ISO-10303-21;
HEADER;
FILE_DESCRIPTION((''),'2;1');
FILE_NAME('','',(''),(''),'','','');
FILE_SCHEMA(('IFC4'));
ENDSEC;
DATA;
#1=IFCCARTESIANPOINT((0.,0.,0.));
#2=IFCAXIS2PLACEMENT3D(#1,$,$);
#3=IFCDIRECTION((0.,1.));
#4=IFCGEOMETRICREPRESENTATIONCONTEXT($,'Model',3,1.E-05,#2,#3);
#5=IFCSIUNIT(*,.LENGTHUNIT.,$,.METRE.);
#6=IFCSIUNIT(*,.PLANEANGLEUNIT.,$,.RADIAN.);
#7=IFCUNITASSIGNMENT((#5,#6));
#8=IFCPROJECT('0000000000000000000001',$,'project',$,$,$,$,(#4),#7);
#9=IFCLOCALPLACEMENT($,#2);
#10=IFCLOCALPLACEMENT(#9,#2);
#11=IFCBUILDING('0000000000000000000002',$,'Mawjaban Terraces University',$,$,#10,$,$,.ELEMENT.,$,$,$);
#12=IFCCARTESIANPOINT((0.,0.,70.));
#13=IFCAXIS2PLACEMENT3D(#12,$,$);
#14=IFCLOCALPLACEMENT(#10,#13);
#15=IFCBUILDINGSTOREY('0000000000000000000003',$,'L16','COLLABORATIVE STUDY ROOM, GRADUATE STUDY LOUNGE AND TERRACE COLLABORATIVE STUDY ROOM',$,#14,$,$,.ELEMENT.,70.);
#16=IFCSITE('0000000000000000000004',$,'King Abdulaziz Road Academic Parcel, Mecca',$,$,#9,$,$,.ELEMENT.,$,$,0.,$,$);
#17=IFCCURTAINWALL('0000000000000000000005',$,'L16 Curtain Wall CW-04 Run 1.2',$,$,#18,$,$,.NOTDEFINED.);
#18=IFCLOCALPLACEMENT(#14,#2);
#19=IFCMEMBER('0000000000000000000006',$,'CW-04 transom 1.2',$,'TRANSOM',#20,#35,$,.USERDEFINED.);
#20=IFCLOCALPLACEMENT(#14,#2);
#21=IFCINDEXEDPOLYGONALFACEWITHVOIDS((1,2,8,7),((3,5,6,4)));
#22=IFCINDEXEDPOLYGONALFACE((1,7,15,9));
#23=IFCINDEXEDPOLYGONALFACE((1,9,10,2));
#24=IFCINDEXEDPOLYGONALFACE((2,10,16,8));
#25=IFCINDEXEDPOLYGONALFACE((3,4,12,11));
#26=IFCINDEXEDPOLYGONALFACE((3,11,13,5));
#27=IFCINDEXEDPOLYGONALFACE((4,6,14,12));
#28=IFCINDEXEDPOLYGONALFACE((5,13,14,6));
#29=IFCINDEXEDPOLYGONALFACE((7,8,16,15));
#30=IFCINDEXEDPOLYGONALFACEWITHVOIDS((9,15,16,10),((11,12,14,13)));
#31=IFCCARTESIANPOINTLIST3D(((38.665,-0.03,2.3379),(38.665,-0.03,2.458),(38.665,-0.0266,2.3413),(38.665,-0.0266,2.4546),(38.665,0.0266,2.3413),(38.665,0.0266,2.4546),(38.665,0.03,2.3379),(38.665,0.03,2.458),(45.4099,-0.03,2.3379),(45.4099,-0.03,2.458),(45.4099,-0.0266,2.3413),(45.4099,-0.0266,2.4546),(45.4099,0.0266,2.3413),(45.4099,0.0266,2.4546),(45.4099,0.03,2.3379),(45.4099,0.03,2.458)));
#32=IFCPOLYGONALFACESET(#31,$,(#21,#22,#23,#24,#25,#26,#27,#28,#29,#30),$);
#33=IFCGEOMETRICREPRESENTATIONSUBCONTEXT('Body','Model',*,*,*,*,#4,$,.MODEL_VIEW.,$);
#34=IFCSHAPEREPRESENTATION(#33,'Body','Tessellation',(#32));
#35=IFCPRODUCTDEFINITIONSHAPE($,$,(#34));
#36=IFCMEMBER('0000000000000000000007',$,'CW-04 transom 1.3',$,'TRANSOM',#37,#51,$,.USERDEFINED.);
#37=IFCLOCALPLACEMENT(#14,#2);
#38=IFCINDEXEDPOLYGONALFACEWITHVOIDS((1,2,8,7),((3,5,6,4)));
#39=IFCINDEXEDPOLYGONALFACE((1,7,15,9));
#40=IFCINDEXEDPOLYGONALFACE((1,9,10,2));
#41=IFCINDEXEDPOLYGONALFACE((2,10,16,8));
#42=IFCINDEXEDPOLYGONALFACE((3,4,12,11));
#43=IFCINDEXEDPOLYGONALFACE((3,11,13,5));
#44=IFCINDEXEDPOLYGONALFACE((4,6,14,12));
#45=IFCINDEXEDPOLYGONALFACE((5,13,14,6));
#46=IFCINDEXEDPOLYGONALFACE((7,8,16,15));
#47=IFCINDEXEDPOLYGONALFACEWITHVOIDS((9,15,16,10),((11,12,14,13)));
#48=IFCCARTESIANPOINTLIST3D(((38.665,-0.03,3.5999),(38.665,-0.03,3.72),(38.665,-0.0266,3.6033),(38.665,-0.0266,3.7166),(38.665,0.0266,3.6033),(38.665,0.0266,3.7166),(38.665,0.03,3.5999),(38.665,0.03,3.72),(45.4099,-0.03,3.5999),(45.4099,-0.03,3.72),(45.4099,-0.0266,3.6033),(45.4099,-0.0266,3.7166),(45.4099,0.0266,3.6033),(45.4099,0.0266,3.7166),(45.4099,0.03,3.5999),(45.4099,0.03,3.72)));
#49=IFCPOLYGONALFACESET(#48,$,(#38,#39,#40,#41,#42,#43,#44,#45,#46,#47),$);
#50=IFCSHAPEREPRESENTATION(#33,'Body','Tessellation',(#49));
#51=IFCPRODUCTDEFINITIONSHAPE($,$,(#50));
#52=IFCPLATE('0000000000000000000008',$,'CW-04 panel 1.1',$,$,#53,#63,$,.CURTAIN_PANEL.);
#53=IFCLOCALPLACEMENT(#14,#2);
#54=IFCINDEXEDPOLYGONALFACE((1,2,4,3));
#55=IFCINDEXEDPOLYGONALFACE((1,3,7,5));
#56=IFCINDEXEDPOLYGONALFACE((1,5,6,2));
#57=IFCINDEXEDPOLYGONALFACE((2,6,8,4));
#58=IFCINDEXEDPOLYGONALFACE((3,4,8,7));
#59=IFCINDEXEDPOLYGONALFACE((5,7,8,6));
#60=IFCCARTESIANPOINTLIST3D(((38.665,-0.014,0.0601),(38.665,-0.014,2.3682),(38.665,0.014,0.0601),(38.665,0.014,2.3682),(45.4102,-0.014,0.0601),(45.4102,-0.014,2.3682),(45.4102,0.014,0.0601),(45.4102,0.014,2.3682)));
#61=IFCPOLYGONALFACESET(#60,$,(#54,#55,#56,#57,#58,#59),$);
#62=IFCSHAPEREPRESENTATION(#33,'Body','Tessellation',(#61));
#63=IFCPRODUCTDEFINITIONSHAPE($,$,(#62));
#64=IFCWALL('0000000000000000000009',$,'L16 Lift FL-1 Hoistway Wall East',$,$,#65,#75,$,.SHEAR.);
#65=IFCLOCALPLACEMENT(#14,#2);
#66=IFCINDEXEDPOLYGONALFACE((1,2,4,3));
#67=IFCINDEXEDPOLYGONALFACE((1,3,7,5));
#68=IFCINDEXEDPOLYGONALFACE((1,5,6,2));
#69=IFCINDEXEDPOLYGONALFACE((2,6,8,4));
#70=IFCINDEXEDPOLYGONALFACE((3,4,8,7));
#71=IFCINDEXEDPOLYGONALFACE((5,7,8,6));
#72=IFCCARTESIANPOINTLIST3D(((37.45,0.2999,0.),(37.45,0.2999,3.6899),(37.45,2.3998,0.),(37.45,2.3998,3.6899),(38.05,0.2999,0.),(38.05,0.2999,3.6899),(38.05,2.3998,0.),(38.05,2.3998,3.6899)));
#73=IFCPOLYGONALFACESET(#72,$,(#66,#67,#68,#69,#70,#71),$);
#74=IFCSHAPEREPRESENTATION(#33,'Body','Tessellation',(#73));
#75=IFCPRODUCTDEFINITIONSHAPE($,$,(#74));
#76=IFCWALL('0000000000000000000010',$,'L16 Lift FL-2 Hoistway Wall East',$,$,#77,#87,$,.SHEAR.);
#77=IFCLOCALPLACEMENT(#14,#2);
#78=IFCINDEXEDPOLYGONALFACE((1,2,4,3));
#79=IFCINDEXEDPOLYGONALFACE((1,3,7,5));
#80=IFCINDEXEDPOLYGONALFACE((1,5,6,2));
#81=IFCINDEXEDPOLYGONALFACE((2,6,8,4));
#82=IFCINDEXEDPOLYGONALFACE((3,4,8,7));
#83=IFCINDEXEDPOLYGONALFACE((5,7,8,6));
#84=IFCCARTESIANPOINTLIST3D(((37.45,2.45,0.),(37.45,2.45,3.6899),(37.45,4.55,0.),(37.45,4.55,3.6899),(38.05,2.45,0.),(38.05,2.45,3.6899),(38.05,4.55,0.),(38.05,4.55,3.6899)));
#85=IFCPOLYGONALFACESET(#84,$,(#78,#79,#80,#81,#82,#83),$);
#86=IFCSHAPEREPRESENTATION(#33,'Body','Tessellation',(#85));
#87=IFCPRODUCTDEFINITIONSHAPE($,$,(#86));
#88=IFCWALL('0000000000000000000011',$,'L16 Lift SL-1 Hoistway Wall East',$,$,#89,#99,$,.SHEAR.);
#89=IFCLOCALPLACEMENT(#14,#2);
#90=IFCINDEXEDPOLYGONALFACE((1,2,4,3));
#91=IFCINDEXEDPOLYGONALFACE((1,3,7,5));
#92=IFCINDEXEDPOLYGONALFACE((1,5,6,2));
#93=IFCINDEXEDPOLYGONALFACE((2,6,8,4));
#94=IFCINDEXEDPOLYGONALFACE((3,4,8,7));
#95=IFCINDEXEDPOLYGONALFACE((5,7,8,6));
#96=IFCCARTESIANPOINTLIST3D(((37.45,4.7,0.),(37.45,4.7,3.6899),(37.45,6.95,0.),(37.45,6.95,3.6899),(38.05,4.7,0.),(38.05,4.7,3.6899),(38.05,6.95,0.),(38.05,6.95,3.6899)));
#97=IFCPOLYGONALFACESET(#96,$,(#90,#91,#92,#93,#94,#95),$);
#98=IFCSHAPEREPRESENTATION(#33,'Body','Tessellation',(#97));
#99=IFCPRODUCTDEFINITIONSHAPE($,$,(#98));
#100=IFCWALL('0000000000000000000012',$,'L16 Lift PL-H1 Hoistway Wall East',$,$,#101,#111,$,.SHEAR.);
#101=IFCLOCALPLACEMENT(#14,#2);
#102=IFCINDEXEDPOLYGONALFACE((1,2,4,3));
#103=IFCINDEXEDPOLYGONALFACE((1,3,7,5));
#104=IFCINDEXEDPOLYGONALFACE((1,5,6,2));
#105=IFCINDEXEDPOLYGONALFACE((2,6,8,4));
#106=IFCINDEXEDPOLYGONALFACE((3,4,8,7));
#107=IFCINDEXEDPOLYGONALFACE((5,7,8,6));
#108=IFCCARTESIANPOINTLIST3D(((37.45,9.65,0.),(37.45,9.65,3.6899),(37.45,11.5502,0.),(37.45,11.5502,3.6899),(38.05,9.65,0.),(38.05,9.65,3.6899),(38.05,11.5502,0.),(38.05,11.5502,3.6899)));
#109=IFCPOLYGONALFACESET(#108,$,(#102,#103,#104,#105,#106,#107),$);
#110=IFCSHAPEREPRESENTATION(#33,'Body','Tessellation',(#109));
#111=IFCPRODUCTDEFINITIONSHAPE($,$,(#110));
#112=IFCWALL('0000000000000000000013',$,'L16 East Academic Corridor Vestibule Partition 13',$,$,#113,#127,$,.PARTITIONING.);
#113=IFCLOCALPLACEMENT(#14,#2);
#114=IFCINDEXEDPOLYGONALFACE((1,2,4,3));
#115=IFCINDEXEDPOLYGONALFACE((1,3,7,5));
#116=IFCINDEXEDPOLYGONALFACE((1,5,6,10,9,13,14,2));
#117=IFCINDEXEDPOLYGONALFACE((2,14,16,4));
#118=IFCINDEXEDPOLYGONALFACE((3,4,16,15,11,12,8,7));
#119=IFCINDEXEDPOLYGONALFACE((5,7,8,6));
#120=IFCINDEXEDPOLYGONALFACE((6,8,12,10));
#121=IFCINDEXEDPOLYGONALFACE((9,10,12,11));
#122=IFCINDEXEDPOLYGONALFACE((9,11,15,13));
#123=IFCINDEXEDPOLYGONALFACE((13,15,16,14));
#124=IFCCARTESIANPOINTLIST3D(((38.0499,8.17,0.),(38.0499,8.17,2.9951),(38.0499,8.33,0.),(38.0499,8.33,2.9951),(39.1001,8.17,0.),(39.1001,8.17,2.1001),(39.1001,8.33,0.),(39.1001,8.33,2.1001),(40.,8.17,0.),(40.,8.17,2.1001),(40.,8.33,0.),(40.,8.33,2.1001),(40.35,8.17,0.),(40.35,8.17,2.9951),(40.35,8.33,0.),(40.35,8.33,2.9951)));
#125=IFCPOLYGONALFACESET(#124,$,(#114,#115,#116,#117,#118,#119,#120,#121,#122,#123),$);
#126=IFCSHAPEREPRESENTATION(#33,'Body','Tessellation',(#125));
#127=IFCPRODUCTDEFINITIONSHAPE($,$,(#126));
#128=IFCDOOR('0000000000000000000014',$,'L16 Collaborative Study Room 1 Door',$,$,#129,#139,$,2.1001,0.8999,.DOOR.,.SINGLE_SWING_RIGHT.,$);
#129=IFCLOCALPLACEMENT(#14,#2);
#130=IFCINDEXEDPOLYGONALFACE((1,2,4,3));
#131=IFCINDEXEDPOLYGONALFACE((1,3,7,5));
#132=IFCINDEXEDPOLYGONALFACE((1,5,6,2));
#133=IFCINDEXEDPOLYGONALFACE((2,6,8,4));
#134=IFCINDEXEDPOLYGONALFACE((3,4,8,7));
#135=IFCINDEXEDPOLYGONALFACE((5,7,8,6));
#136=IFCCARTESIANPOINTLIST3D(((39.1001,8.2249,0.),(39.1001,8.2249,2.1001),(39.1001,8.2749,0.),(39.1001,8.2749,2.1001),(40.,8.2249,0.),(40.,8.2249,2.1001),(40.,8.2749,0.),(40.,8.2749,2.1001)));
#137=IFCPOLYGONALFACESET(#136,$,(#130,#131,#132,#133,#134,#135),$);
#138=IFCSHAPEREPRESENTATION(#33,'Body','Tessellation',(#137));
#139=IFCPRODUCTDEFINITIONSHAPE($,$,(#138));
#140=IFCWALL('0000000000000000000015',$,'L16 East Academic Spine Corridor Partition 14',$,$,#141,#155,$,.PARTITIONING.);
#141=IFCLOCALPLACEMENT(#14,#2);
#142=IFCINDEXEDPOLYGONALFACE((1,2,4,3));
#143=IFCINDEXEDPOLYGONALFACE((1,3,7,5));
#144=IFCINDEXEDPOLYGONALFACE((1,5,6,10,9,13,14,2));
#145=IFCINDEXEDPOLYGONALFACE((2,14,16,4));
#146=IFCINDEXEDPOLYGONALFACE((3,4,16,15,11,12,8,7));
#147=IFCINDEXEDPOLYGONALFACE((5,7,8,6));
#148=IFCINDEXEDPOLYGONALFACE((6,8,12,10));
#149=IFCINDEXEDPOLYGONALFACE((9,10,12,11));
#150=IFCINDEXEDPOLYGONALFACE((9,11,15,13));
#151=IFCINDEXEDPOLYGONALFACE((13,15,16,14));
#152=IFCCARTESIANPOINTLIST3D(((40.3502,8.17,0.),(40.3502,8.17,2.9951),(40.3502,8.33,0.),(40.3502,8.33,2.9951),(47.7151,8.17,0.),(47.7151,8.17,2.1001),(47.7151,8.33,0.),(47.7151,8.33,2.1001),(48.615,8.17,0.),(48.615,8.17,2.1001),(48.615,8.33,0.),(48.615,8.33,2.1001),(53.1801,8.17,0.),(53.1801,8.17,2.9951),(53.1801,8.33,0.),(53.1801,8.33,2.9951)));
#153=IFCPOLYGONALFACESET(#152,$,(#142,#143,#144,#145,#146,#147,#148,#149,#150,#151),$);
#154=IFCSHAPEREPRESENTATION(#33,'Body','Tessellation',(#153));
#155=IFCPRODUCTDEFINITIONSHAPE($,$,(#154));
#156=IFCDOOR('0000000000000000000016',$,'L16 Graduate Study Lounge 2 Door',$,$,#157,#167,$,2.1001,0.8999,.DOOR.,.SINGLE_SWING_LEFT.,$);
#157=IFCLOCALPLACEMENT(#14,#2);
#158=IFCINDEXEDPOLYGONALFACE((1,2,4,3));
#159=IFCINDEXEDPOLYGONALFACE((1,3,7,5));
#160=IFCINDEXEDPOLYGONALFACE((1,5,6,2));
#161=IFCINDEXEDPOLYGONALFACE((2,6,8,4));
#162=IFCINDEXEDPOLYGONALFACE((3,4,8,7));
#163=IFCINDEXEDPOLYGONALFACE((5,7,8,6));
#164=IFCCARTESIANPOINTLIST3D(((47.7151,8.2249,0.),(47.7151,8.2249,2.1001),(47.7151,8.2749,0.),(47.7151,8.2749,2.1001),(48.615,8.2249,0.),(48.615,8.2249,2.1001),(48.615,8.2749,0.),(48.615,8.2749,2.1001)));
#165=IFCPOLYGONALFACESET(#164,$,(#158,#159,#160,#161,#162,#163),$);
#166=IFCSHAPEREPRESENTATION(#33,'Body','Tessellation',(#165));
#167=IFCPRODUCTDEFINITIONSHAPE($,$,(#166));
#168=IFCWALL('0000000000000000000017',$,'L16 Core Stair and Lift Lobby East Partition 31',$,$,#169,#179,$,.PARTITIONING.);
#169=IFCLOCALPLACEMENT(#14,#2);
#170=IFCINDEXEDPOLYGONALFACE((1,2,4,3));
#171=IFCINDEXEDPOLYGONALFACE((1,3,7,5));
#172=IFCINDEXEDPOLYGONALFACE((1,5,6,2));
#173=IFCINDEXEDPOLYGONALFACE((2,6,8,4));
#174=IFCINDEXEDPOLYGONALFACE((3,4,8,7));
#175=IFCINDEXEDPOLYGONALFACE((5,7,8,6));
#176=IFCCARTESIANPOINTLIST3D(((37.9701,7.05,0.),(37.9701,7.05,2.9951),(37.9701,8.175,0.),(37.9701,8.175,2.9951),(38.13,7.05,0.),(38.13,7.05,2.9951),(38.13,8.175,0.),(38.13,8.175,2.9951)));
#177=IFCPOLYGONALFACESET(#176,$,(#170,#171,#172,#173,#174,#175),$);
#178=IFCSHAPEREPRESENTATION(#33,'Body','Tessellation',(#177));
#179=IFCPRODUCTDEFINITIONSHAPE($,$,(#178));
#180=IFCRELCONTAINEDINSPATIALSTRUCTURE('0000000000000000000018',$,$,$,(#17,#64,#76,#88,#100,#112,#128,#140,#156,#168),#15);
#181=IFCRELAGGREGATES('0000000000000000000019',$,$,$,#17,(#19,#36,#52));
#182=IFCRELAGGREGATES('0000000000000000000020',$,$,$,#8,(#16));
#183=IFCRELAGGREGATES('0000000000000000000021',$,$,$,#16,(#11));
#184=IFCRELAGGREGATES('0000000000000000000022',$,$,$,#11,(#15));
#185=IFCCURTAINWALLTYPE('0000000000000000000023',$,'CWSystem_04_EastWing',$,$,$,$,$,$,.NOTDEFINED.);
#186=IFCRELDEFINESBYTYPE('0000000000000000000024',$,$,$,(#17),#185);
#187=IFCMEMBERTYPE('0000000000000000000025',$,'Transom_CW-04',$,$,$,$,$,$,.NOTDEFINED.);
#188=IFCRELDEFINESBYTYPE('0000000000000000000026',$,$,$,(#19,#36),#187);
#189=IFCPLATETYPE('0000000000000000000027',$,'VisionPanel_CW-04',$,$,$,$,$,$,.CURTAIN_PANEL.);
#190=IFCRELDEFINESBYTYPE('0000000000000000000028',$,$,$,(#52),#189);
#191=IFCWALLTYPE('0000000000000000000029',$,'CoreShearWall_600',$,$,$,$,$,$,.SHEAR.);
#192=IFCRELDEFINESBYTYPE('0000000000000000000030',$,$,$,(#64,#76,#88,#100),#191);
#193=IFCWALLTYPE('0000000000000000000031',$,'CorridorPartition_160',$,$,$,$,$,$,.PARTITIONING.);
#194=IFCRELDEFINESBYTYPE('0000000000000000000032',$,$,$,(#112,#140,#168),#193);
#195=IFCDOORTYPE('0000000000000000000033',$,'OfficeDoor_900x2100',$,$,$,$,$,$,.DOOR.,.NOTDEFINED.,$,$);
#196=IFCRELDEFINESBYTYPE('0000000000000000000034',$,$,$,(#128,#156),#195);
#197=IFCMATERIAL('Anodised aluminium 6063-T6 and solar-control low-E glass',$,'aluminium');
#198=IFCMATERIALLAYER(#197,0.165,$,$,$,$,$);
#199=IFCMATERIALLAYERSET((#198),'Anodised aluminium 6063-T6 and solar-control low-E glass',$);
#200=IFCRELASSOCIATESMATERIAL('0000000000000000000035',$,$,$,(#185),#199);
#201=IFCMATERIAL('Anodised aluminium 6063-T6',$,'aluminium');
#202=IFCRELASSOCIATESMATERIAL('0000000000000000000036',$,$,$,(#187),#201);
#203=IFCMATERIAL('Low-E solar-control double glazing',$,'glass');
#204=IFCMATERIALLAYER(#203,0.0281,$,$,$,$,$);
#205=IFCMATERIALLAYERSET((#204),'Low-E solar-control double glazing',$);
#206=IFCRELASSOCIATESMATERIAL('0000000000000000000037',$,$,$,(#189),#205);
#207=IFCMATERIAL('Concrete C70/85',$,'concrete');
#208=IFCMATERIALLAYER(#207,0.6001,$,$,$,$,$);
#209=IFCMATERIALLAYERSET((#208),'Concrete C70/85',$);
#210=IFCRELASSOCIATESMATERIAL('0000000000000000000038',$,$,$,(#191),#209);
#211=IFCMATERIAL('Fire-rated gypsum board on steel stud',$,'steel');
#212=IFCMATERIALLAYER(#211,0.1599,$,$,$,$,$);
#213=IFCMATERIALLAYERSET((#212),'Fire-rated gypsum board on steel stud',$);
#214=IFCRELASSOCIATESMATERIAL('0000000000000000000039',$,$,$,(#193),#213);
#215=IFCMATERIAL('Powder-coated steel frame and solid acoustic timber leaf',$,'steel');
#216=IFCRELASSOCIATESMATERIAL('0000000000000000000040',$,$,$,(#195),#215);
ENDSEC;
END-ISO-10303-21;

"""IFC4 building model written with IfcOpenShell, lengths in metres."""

from ifc_helpers import new_model, si_unit, direction, frame, frame_2d, origin, origin_2d, place, context, subcontext, project, spatial, rectangle, hollow_rectangle, extrude, material, layer, layer_set, material_profile, profile_set, type_object, element, fill, aggregate, save


model = new_model("IFC4")

# Units and contexts
model_context = context("Model", 3, precision=1e-05, world=origin(), true_north=direction((0.0, 1.0)))
body_context = subcontext(model_context, "Body", "Model", "MODEL_VIEW")
ifc_project = project(units=[si_unit("LENGTHUNIT", "METRE"), si_unit("PLANEANGLEUNIT", "RADIAN")], contexts=[model_context])

# Site, building, storey
site_placement = place(None, origin())
site = spatial("IfcSite", under=ifc_project, at=site_placement, Name="King Abdulaziz Road Academic Parcel, Mecca", CompositionType="ELEMENT", RefElevation=0.0)
building_placement = place(site_placement, origin())
building = spatial("IfcBuilding", under=site, at=building_placement, Name="Mawjaban Terraces University", CompositionType="ELEMENT")
storey_placement = place(building_placement, frame((0.0, 0.0, 70.0)))
storey = spatial("IfcBuildingStorey", under=building, at=storey_placement, Name="L16", Description="COLLABORATIVE STUDY ROOM, GRADUATE STUDY LOUNGE AND TERRACE COLLABORATIVE STUDY ROOM", CompositionType="ELEMENT", Elevation=70.0)

# Shared definitions
ifc_material_1 = material(Name="Concrete C70/85", Category="concrete")

# Curtain wall, members, plate
ifc_material_2 = material(Name="Anodised aluminium 6063-T6 and solar-control low-E glass", Category="aluminium")
ifc_layer_1 = layer(ifc_material_2, 0.165)
ifc_layer_set_1 = layer_set([ifc_layer_1], Name="Anodised aluminium 6063-T6 and solar-control low-E glass")
curtain_wall_type = type_object("IfcCurtainWallType", Name="CWSystem_04_EastWing", PredefinedType="NOTDEFINED", material=ifc_layer_set_1)
curtain_wall_placement = place(storey_placement, origin())
curtain_wall = element("IfcCurtainWall", 1, at=curtain_wall_placement, inside=storey, type_object=curtain_wall_type, Name="L16 Curtain Wall CW-04 Run 1.2", PredefinedType="NOTDEFINED")
ifc_material_3 = material(Name="Anodised aluminium 6063-T6", Category="aluminium")
ifc_material_profile_1 = material_profile(ifc_material_3, hollow_rectangle(XDim=0.0601, YDim=0.1201, WallThickness=0.0034, at=origin_2d()), Name="ALU120X60X3.5")
ifc_profile_set_1 = profile_set([ifc_material_profile_1], Name="Anodised aluminium 6063-T6")
member_type_1 = type_object("IfcMemberType", Name="Transom_CW-04", PredefinedType="NOTDEFINED", material=ifc_profile_set_1)
member_1_placement = place(storey_placement, frame((38.665, 0.0, 2.3979), z_axis=(1.0, 0.0, 0.0), x_axis=(0.0, 1.0, 0.0)))
member_1 = element("IfcMember", 2, at=member_1_placement, type_object=member_type_1, Name="CW-04 transom 1.2", ObjectType="TRANSOM", PredefinedType="USERDEFINED", context=body_context, shape_type="SweptSolid", body=[
    extrude(hollow_rectangle(XDim=0.0601, YDim=0.1201, WallThickness=0.0034, at=origin_2d()), origin(), (0.0, 0.0, 1.0), 6.7449),
])
member_2_placement = place(storey_placement, frame((38.665, 0.0, 3.6599), z_axis=(1.0, 0.0, 0.0), x_axis=(0.0, 1.0, 0.0)))
member_2 = element("IfcMember", 3, at=member_2_placement, type_object=member_type_1, Name="CW-04 transom 1.3", ObjectType="TRANSOM", PredefinedType="USERDEFINED", context=body_context, shape_type="SweptSolid", body=[
    extrude(hollow_rectangle(XDim=0.0601, YDim=0.1201, WallThickness=0.0034, at=origin_2d()), origin(), (0.0, 0.0, 1.0), 6.7449),
])
ifc_material_4 = material(Name="Low-E solar-control double glazing", Category="glass")
ifc_layer_2 = layer(ifc_material_4, 0.0281)
ifc_layer_set_2 = layer_set([ifc_layer_2], Name="Low-E solar-control double glazing")
plate_type = type_object("IfcPlateType", Name="VisionPanel_CW-04", PredefinedType="CURTAIN_PANEL", material=ifc_layer_set_2)
plate_placement = place(storey_placement, frame((42.0376, 0.0, 0.0601), z_axis=(0.0, 0.0, 1.0), x_axis=(1.0, 0.0, 0.0)))
plate = element("IfcPlate", 4, at=plate_placement, type_object=plate_type, Name="CW-04 panel 1.1", PredefinedType="CURTAIN_PANEL", context=body_context, shape_type="SweptSolid", body=[
    extrude(rectangle(XDim=6.7451, YDim=0.0281, at=origin_2d()), origin(), (0.0, 0.0, 1.0), 2.3081),
])
aggregate(curtain_wall, [member_1, member_2, plate])

# Walls
ifc_layer_3 = layer(ifc_material_1, 0.6001)
ifc_layer_set_3 = layer_set([ifc_layer_3], Name="Concrete C70/85")
wall_type_1 = type_object("IfcWallType", Name="CoreShearWall_600", PredefinedType="SHEAR", material=ifc_layer_set_3)
wall_1_placement = place(storey_placement, frame((37.75, 0.3, 0.0), z_axis=(0.0, 0.0, 1.0), x_axis=(0.0, 1.0, 0.0)))
element("IfcWall", 5, at=wall_1_placement, inside=storey, type_object=wall_type_1, Name="L16 Lift FL-1 Hoistway Wall East", PredefinedType="SHEAR", context=body_context, shape_type="SweptSolid", body=[
    extrude(rectangle(XDim=2.0999, YDim=0.6001, at=frame_2d((1.0498, 0.0))), origin(), (0.0, 0.0, 1.0), 3.6899),
])
wall_2_placement = place(storey_placement, frame((37.75, 2.45, 0.0), z_axis=(0.0, 0.0, 1.0), x_axis=(0.0, 1.0, 0.0)))
element("IfcWall", 6, at=wall_2_placement, inside=storey, type_object=wall_type_1, Name="L16 Lift FL-2 Hoistway Wall East", PredefinedType="SHEAR", context=body_context, shape_type="SweptSolid", body=[
    extrude(rectangle(XDim=2.1001, YDim=0.6001, at=frame_2d((1.05, 0.0))), origin(), (0.0, 0.0, 1.0), 3.6899),
])
wall_3_placement = place(storey_placement, frame((37.75, 4.7, 0.0), z_axis=(0.0, 0.0, 1.0), x_axis=(0.0, 1.0, 0.0)))
element("IfcWall", 7, at=wall_3_placement, inside=storey, type_object=wall_type_1, Name="L16 Lift SL-1 Hoistway Wall East", PredefinedType="SHEAR", context=body_context, shape_type="SweptSolid", body=[
    extrude(rectangle(XDim=2.25, YDim=0.6001, at=frame_2d((1.125, 0.0))), origin(), (0.0, 0.0, 1.0), 3.6899),
])
wall_4_placement = place(storey_placement, frame((37.75, 9.6499, 0.0), z_axis=(0.0, 0.0, 1.0), x_axis=(0.0, 1.0, 0.0)))
element("IfcWall", 8, at=wall_4_placement, inside=storey, type_object=wall_type_1, Name="L16 Lift PL-H1 Hoistway Wall East", PredefinedType="SHEAR", context=body_context, shape_type="SweptSolid", body=[
    extrude(rectangle(XDim=1.9001, YDim=0.6001, at=frame_2d((0.9502, 0.0))), origin(), (0.0, 0.0, 1.0), 3.6899),
])

# Walls, openings, doors
ifc_material_5 = material(Name="Fire-rated gypsum board on steel stud", Category="steel")
ifc_layer_4 = layer(ifc_material_5, 0.1599)
ifc_layer_set_4 = layer_set([ifc_layer_4], Name="Fire-rated gypsum board on steel stud")
wall_type_2 = type_object("IfcWallType", Name="CorridorPartition_160", PredefinedType="PARTITIONING", material=ifc_layer_set_4)
wall_5_placement = place(storey_placement, frame((38.05, 8.25, 0.0), z_axis=(0.0, 0.0, 1.0), x_axis=(1.0, 0.0, 0.0)))
wall_5 = element("IfcWall", 9, at=wall_5_placement, inside=storey, type_object=wall_type_2, Name="L16 East Academic Corridor Vestibule Partition 13", PredefinedType="PARTITIONING", context=body_context, shape_type="SweptSolid", body=[
    extrude(rectangle(XDim=2.3, YDim=0.1599, at=frame_2d((1.1499, 0.0))), origin(), (0.0, 0.0, 1.0), 2.9951),
])
opening_1_placement = place(wall_5_placement, frame((1.05, 0.0, 0.0)))
opening_1 = element("IfcOpeningElement", 10, at=opening_1_placement, cuts=wall_5, PredefinedType="OPENING", context=body_context, shape_type="SweptSolid", body=[
    extrude(rectangle(XDim=0.8999, YDim=2.1001, at=frame_2d((0.45, 1.05))), frame((0.0, 0.0898, 0.0), z_axis=(0.0, -1.0, 0.0), x_axis=(1.0, 0.0, 0.0)), (0.0, 0.0, 1.0), 0.1799),
])
ifc_material_6 = material(Name="Powder-coated steel frame and solid acoustic timber leaf", Category="steel")
door_type = type_object("IfcDoorType", Name="OfficeDoor_900x2100", OperationType="NOTDEFINED", PredefinedType="DOOR", material=ifc_material_6)
door_1_placement = place(opening_1_placement, origin())
door_1 = element("IfcDoor", 11, at=door_1_placement, inside=storey, type_object=door_type, Name="L16 Collaborative Study Room 1 Door", OperationType="SINGLE_SWING_RIGHT", OverallHeight=2.1001, OverallWidth=0.8999, PredefinedType="DOOR", context=body_context, shape_type="SweptSolid", body=[
    extrude(rectangle(XDim=0.8999, YDim=2.1001, at=frame_2d((0.45, 1.05))), frame((0.0, 0.0249, 0.0), z_axis=(0.0, -1.0, 0.0), x_axis=(1.0, 0.0, 0.0)), (0.0, 0.0, 1.0), 0.05),
])
fill(opening_1, door_1)
wall_6_placement = place(storey_placement, frame((40.3501, 8.25, 0.0), z_axis=(0.0, 0.0, 1.0), x_axis=(1.0, 0.0, 0.0)))
wall_6 = element("IfcWall", 12, at=wall_6_placement, inside=storey, type_object=wall_type_2, Name="L16 East Academic Spine Corridor Partition 14", PredefinedType="PARTITIONING", context=body_context, shape_type="SweptSolid", body=[
    extrude(rectangle(XDim=12.8298, YDim=0.1599, at=frame_2d((6.415, 0.0))), origin(), (0.0, 0.0, 1.0), 2.9951),
])
opening_2_placement = place(wall_6_placement, frame((7.365, 0.0, 0.0)))
opening_2 = element("IfcOpeningElement", 13, at=opening_2_placement, cuts=wall_6, PredefinedType="OPENING", context=body_context, shape_type="SweptSolid", body=[
    extrude(rectangle(XDim=0.8999, YDim=2.1001, at=frame_2d((0.45, 1.05))), frame((0.0, 0.0898, 0.0), z_axis=(0.0, -1.0, 0.0), x_axis=(1.0, 0.0, 0.0)), (0.0, 0.0, 1.0), 0.1799),
])
door_2_placement = place(opening_2_placement, origin())
door_2 = element("IfcDoor", 14, at=door_2_placement, inside=storey, type_object=door_type, Name="L16 Graduate Study Lounge 2 Door", OperationType="SINGLE_SWING_LEFT", OverallHeight=2.1001, OverallWidth=0.8999, PredefinedType="DOOR", context=body_context, shape_type="SweptSolid", body=[
    extrude(rectangle(XDim=0.8999, YDim=2.1001, at=frame_2d((0.45, 1.05))), frame((0.0, 0.0249, 0.0), z_axis=(0.0, -1.0, 0.0), x_axis=(1.0, 0.0, 0.0)), (0.0, 0.0, 1.0), 0.05),
])
fill(opening_2, door_2)

# Wall
wall_7_placement = place(storey_placement, frame((38.05, 7.05, 0.0), z_axis=(0.0, 0.0, 1.0), x_axis=(0.0, 1.0, 0.0)))
element("IfcWall", 15, at=wall_7_placement, inside=storey, type_object=wall_type_2, Name="L16 Core Stair and Lift Lobby East Partition 31", PredefinedType="PARTITIONING", context=body_context, shape_type="SweptSolid", body=[
    extrude(rectangle(XDim=1.125, YDim=0.1599, at=frame_2d((0.5625, 0.0))), origin(), (0.0, 0.0, 1.0), 2.9951),
])

save(model, "model.ifc")
